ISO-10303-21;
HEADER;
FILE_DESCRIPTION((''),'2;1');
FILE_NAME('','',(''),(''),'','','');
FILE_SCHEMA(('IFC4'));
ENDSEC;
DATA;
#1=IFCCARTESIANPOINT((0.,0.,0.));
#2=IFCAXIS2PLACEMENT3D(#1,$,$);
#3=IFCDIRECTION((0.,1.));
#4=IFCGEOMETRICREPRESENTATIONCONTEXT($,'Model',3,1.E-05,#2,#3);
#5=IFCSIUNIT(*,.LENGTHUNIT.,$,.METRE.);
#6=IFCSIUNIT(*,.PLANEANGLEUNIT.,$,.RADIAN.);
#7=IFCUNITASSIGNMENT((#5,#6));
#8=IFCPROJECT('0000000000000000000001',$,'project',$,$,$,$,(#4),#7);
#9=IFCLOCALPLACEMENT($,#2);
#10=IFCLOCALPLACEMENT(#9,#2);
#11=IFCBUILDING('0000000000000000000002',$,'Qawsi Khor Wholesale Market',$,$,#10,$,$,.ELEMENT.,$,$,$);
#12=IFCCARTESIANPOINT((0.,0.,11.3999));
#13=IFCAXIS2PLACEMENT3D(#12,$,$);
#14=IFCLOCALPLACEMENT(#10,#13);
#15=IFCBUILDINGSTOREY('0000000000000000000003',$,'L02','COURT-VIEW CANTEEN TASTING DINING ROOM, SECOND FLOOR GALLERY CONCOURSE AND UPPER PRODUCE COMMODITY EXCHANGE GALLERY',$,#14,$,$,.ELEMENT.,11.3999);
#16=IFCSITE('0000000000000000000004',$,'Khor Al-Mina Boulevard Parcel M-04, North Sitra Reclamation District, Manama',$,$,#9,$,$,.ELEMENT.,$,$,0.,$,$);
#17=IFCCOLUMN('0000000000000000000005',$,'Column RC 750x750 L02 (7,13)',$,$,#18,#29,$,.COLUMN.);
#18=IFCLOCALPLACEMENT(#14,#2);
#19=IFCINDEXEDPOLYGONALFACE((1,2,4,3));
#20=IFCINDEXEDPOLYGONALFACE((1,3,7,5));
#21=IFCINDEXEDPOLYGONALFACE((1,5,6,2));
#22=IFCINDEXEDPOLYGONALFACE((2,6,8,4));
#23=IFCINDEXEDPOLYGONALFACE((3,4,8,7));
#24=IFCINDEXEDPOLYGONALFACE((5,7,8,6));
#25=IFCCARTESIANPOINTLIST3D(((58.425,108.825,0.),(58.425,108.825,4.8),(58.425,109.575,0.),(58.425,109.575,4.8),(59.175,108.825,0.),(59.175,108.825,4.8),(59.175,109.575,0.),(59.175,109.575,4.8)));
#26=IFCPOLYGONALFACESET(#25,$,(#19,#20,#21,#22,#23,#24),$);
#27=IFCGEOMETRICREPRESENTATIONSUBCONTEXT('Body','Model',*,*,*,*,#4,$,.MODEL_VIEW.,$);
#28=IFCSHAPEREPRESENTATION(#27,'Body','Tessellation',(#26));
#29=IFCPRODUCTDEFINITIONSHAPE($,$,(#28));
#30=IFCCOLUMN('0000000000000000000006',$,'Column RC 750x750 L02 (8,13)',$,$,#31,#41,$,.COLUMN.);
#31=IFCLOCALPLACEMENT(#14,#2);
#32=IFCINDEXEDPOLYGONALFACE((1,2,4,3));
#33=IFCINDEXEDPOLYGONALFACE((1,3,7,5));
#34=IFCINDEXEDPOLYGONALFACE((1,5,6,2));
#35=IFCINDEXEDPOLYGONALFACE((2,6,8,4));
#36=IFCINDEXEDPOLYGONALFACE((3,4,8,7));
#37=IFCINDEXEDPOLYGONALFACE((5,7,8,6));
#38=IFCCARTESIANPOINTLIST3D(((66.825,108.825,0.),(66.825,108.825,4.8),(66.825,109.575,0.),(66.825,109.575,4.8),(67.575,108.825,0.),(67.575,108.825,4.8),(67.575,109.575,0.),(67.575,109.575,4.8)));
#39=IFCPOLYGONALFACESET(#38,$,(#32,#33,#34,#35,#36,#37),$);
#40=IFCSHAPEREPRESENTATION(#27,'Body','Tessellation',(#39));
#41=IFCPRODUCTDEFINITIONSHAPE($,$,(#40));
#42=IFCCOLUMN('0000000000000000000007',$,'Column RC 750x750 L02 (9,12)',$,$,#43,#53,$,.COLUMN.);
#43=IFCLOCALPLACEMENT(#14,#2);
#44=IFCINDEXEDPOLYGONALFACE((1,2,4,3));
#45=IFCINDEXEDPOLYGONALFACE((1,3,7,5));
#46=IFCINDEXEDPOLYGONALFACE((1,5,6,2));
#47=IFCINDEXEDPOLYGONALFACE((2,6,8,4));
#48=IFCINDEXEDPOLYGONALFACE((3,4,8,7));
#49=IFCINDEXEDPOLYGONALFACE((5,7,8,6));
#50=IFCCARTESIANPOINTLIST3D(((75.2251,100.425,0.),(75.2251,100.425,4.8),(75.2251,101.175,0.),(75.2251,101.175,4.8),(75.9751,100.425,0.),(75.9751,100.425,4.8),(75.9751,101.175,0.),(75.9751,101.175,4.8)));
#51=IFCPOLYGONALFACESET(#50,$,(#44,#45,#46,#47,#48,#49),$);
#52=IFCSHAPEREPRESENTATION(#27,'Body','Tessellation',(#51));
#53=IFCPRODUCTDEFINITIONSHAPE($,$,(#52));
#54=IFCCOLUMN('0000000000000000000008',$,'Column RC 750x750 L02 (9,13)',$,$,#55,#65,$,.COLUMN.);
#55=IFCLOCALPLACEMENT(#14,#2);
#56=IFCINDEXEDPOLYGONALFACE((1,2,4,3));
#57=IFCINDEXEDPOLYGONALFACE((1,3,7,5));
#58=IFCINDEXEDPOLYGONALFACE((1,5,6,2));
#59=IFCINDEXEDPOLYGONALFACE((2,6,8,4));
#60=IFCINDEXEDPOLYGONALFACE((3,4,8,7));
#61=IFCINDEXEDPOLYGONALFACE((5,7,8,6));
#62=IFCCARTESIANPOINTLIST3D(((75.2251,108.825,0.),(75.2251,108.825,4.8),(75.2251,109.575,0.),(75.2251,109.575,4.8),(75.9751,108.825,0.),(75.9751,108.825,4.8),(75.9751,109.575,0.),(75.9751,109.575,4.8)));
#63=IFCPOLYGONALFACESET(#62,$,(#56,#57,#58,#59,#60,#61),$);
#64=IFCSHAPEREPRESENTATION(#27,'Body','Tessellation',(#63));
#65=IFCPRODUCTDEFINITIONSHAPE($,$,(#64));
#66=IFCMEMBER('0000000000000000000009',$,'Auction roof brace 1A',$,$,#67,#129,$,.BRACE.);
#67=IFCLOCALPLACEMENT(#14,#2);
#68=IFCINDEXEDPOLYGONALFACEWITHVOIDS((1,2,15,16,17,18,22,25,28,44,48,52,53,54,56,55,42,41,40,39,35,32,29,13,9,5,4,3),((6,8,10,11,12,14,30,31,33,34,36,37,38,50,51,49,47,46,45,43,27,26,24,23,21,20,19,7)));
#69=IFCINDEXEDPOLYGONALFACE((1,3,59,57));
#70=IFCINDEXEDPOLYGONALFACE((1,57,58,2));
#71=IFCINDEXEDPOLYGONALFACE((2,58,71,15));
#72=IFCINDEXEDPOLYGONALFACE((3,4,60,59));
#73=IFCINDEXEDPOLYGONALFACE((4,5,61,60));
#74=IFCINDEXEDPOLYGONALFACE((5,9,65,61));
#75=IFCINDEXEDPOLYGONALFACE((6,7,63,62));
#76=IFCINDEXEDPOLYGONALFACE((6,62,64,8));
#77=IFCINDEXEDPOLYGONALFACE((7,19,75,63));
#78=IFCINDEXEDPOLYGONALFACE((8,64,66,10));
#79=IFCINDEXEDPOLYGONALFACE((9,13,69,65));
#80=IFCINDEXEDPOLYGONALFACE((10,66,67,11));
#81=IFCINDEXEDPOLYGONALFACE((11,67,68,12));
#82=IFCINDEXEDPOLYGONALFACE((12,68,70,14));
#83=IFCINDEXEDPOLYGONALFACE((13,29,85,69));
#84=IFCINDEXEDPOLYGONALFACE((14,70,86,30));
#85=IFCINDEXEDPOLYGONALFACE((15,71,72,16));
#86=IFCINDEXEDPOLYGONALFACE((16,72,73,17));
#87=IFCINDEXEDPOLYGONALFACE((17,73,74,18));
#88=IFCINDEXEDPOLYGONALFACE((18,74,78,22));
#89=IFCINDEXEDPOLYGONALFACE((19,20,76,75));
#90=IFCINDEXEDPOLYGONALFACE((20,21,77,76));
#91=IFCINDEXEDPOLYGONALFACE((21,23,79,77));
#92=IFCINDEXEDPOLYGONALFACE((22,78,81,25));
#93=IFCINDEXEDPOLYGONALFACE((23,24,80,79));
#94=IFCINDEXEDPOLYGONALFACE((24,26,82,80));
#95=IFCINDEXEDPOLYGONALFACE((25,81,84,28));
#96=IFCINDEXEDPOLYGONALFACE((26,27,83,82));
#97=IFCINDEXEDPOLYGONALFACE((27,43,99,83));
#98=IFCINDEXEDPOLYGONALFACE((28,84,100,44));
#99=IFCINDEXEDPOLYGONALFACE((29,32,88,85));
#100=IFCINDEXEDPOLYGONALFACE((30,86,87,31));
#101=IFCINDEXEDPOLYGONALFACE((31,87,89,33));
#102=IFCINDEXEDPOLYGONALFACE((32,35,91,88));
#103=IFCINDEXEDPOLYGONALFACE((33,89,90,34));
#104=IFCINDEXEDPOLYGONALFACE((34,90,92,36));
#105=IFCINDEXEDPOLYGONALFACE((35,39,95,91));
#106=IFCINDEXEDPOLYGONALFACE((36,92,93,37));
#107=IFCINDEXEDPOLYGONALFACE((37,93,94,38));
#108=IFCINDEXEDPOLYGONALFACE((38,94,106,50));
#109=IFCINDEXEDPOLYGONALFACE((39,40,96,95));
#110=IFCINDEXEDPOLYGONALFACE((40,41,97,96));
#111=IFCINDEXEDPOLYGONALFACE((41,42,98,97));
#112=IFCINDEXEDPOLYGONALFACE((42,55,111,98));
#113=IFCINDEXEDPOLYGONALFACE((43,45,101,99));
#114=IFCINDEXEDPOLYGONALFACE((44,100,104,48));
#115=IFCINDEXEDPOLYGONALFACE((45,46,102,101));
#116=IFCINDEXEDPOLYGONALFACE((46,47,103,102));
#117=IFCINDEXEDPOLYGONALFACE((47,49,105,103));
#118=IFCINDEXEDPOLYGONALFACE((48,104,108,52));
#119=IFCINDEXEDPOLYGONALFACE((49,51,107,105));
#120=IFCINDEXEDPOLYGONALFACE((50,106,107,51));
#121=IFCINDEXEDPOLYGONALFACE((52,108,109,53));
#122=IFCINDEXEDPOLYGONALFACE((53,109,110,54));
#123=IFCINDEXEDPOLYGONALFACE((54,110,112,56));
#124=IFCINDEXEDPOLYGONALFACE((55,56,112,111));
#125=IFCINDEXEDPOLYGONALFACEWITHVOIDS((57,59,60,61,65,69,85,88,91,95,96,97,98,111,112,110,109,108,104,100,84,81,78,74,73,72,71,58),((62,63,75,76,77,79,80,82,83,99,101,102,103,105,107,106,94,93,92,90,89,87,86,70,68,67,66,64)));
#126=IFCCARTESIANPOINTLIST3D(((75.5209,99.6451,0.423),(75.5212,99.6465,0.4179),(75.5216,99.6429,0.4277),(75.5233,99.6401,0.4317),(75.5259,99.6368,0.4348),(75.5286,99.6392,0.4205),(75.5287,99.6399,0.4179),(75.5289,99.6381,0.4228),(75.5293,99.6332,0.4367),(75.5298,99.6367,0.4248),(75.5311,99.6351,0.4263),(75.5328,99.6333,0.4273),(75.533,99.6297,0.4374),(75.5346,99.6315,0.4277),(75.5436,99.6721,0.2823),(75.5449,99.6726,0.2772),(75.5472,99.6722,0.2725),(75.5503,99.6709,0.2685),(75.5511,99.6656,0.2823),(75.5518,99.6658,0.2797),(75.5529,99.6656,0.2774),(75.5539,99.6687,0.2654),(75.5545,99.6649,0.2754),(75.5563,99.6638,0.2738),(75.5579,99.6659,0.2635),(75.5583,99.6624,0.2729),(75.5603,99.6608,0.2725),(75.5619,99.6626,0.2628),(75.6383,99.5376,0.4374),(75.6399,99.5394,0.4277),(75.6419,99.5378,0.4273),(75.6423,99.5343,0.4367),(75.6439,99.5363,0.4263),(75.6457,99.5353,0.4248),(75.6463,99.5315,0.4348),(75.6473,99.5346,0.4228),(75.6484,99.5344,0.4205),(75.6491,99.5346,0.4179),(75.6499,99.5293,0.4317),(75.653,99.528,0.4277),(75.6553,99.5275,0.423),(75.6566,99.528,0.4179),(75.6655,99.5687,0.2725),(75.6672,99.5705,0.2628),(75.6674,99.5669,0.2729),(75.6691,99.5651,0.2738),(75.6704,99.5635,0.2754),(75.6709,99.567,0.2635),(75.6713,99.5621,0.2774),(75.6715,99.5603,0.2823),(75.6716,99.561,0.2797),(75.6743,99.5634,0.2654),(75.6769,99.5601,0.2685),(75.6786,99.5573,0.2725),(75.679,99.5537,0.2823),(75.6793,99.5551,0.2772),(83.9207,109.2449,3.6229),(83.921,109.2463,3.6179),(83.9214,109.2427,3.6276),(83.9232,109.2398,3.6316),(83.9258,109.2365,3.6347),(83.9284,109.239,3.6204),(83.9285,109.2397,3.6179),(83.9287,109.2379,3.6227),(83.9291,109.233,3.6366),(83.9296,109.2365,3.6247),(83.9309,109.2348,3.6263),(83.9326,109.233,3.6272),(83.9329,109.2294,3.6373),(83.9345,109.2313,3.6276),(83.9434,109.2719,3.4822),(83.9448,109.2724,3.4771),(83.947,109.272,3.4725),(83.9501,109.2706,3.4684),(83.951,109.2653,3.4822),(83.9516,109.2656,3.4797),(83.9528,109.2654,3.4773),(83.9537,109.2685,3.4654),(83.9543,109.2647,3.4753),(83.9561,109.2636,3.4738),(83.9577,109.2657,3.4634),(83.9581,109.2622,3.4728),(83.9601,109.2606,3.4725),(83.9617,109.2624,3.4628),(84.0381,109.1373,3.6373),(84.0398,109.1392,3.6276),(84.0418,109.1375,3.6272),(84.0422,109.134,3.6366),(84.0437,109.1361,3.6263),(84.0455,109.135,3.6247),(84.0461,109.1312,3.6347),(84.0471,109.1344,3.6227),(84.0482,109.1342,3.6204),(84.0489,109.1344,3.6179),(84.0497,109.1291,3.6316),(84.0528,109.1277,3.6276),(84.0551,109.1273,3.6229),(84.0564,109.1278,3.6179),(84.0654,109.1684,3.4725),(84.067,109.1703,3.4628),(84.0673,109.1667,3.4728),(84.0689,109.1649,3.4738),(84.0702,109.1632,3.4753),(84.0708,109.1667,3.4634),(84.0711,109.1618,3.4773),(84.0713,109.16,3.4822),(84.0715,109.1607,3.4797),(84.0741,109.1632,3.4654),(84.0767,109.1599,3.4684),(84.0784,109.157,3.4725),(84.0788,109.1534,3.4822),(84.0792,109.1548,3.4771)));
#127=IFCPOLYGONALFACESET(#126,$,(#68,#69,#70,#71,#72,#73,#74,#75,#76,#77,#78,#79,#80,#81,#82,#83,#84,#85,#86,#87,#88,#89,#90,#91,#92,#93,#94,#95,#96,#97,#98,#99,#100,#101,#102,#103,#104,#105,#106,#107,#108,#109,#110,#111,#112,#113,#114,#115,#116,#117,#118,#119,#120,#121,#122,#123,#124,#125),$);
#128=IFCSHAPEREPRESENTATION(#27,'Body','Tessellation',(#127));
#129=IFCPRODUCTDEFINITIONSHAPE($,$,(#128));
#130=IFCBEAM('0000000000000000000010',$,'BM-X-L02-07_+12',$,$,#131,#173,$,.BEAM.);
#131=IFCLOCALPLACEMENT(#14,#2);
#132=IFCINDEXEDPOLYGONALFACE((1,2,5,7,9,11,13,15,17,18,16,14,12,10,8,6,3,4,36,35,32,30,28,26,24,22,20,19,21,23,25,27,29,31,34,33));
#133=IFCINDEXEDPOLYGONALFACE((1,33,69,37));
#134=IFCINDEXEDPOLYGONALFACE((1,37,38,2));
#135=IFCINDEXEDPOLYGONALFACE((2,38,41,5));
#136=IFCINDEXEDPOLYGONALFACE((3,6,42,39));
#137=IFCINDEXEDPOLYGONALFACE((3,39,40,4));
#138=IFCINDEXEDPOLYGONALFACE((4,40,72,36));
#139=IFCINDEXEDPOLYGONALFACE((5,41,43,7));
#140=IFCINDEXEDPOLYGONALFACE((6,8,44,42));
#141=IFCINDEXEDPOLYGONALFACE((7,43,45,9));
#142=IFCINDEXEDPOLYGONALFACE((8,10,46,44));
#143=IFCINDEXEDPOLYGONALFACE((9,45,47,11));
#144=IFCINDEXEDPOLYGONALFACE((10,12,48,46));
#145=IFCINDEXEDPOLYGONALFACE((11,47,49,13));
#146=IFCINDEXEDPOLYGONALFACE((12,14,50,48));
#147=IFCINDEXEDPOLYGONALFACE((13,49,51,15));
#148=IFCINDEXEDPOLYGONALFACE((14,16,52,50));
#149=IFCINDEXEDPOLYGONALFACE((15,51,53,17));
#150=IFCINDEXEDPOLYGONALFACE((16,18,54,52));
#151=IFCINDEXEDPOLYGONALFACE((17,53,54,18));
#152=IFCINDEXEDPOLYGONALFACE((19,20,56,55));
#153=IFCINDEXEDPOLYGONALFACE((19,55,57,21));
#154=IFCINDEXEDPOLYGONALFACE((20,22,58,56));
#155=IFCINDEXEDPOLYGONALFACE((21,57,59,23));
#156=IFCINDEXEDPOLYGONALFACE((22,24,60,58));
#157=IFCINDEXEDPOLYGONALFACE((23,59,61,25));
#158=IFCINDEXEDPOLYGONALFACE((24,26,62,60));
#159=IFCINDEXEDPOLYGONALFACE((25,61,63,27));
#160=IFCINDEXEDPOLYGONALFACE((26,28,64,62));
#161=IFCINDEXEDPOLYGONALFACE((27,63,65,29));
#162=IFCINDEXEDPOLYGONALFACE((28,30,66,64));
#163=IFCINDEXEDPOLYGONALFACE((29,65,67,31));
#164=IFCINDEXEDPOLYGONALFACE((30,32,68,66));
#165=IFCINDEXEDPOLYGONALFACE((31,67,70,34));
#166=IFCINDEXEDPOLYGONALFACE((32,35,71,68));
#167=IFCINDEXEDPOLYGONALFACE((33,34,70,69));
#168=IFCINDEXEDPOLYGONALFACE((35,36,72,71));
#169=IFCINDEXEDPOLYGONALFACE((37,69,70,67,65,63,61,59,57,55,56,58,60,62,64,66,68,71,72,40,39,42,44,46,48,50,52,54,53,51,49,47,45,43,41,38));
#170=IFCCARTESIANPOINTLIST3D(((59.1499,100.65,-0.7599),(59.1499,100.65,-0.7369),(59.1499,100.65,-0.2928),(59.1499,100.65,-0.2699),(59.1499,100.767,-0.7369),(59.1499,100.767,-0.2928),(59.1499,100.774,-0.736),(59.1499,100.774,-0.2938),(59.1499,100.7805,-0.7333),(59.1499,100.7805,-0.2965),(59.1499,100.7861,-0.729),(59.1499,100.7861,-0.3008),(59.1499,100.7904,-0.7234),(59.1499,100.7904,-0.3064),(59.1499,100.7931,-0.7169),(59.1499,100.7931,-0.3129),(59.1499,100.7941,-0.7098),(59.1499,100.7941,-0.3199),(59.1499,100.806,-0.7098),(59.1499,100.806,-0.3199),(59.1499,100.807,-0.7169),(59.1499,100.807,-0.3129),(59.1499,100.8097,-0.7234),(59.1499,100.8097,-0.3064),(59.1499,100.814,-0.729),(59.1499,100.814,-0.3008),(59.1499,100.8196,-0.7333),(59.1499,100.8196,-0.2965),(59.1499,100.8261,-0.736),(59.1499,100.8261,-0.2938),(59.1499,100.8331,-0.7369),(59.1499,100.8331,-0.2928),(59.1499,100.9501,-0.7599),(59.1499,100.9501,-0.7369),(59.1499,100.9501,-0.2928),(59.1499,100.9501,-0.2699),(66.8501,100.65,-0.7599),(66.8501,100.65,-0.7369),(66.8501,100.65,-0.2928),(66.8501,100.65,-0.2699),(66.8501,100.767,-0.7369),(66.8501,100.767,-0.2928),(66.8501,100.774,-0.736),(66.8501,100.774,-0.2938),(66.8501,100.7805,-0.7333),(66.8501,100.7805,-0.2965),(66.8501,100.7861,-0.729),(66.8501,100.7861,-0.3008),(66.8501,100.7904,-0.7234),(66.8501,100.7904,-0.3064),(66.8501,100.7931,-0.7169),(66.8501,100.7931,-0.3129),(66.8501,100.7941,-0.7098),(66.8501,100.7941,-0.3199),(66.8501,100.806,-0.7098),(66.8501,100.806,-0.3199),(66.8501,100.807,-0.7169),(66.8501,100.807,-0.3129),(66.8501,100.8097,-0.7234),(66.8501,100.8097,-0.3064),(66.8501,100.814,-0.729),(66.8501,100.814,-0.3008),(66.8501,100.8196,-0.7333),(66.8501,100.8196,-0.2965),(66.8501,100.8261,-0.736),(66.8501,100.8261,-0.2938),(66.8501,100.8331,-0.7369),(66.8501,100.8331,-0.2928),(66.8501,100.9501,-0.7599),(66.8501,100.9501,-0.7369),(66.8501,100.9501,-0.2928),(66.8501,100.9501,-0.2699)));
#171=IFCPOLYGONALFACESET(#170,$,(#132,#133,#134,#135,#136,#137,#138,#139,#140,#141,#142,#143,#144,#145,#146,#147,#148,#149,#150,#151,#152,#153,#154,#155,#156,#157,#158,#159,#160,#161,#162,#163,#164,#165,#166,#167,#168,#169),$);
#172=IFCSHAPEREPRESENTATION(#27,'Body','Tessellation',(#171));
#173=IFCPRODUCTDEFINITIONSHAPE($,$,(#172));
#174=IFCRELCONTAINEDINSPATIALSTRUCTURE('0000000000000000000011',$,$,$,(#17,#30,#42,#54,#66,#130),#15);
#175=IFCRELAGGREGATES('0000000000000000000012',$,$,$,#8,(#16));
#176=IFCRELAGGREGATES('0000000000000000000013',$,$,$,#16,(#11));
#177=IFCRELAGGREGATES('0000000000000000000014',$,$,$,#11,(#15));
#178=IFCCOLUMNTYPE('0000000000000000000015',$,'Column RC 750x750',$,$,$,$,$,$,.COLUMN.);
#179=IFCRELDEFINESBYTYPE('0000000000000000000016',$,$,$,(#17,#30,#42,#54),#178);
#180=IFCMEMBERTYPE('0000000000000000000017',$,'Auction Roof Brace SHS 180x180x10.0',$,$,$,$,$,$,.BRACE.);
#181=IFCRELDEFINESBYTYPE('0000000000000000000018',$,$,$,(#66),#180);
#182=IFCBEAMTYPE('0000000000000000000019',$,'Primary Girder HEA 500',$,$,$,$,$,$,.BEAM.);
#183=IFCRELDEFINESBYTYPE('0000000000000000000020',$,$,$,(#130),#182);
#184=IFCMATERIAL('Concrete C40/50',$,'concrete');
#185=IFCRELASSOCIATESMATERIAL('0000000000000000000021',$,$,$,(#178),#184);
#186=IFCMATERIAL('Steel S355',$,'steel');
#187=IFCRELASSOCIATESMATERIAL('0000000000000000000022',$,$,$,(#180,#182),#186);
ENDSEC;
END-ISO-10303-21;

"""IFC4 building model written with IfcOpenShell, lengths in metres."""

from ifc_helpers import new_model, si_unit, direction, frame, origin, origin_2d, place, context, subcontext, project, spatial, rectangle, hollow_rectangle, i_section, extrude, material, material_profile, profile_set, type_object, element, save


model = new_model("IFC4")

# Units and contexts
model_context = context("Model", 3, precision=1e-05, world=origin(), true_north=direction((0.0, 1.0)))
body_context = subcontext(model_context, "Body", "Model", "MODEL_VIEW")
ifc_project = project(units=[si_unit("LENGTHUNIT", "METRE"), si_unit("PLANEANGLEUNIT", "RADIAN")], contexts=[model_context])

# Site, building, storey
site_placement = place(None, origin())
site = spatial("IfcSite", under=ifc_project, at=site_placement, Name="Khor Al-Mina Boulevard Parcel M-04, North Sitra Reclamation District, Manama", CompositionType="ELEMENT", RefElevation=0.0)
building_placement = place(site_placement, origin())
building = spatial("IfcBuilding", under=site, at=building_placement, Name="Qawsi Khor Wholesale Market", CompositionType="ELEMENT")
storey_placement = place(building_placement, frame((0.0, 0.0, 11.3999)))
storey = spatial("IfcBuildingStorey", under=building, at=storey_placement, Name="L02", Description="COURT-VIEW CANTEEN TASTING DINING ROOM, SECOND FLOOR GALLERY CONCOURSE AND UPPER PRODUCE COMMODITY EXCHANGE GALLERY", CompositionType="ELEMENT", Elevation=11.3999)

# Columns
ifc_material_1 = material(Name="Concrete C40/50", Category="concrete")
ifc_material_profile_1 = material_profile(ifc_material_1, rectangle(XDim=0.75, YDim=0.75, at=origin_2d()), Name="RC 750x750")
ifc_profile_set_1 = profile_set([ifc_material_profile_1], Name="Concrete C40/50")
column_type = type_object("IfcColumnType", Name="Column RC 750x750", PredefinedType="COLUMN", material=ifc_profile_set_1)
for number, where, z_axis, x_axis, name in (
    (1, (58.8, 109.2, 0.0), (0.0, 0.0, 1.0), (1.0, 0.0, 0.0), "Column RC 750x750 L02 (7,13)"),
    (2, (67.2, 109.2, 0.0), (0.0, 0.0, 1.0), (1.0, 0.0, 0.0), "Column RC 750x750 L02 (8,13)"),
    (3, (75.6001, 100.8, 0.0), (0.0, 0.0, 1.0), (1.0, 0.0, 0.0), "Column RC 750x750 L02 (9,12)"),
    (4, (75.6001, 109.2, 0.0), (0.0, 0.0, 1.0), (1.0, 0.0, 0.0), "Column RC 750x750 L02 (9,13)"),
):
    element("IfcColumn", number, at=place(storey_placement, frame(where, z_axis=z_axis, x_axis=x_axis)), inside=storey, type_object=column_type, Name=name, PredefinedType="COLUMN", context=body_context, shape_type="SweptSolid", body=[
        extrude(rectangle(XDim=0.75, YDim=0.75, at=origin_2d()), origin(), (0.0, 0.0, 1.0), 4.8),
    ])

# Member
ifc_material_2 = material(Name="Steel S355", Category="steel")
ifc_material_profile_2 = material_profile(ifc_material_2, hollow_rectangle(XDim=0.1799, YDim=0.1799, WallThickness=0.01, InnerFilletRadius=0.01, OuterFilletRadius=0.02, at=origin_2d()), Name="SHS 180x180x10.0")
ifc_profile_set_2 = profile_set([ifc_material_profile_2], Name="Steel S355")
member_type = type_object("IfcMemberType", Name="Auction Roof Brace SHS 180x180x10.0", PredefinedType="BRACE", material=ifc_profile_set_2)
member_placement = place(storey_placement, frame((75.6001, 99.6001, 0.3501), z_axis=(0.638715, 0.729958, 0.243319), x_axis=(-0.752576, 0.658506, 0.0)))
element("IfcMember", 5, at=member_placement, inside=storey, type_object=member_type, Name="Auction roof brace 1A", PredefinedType="BRACE", context=body_context, shape_type="SweptSolid", body=[
    extrude(hollow_rectangle(XDim=0.1799, YDim=0.1799, WallThickness=0.01, InnerFilletRadius=0.01, OuterFilletRadius=0.02, at=origin_2d()), origin(), (0.0, 0.0, 1.0), 13.1511),
])

# Beam
ifc_material_profile_3 = material_profile(ifc_material_2, i_section(OverallWidth=0.3, OverallDepth=0.49, WebThickness=0.012, FlangeThickness=0.0229, FilletRadius=0.0271, at=origin_2d()), Name="HEA 500")
ifc_profile_set_3 = profile_set([ifc_material_profile_3], Name="Steel S355")
beam_type_1 = type_object("IfcBeamType", Name="Primary Girder HEA 500", PredefinedType="BEAM", material=ifc_profile_set_3)
beam_1_placement = place(storey_placement, frame((59.1499, 100.8, -0.5149), z_axis=(1.0, 0.0, 0.0), x_axis=(0.0, 1.0, 0.0)))
element("IfcBeam", 6, at=beam_1_placement, inside=storey, type_object=beam_type_1, Name="BM-X-L02-07_+12", PredefinedType="BEAM", context=body_context, shape_type="SweptSolid", body=[
    extrude(i_section(OverallWidth=0.3, OverallDepth=0.49, WebThickness=0.012, FlangeThickness=0.0229, FilletRadius=0.0271, at=origin_2d()), origin(), (0.0, 0.0, 1.0), 7.7002),
])

save(model, "model.ifc")
